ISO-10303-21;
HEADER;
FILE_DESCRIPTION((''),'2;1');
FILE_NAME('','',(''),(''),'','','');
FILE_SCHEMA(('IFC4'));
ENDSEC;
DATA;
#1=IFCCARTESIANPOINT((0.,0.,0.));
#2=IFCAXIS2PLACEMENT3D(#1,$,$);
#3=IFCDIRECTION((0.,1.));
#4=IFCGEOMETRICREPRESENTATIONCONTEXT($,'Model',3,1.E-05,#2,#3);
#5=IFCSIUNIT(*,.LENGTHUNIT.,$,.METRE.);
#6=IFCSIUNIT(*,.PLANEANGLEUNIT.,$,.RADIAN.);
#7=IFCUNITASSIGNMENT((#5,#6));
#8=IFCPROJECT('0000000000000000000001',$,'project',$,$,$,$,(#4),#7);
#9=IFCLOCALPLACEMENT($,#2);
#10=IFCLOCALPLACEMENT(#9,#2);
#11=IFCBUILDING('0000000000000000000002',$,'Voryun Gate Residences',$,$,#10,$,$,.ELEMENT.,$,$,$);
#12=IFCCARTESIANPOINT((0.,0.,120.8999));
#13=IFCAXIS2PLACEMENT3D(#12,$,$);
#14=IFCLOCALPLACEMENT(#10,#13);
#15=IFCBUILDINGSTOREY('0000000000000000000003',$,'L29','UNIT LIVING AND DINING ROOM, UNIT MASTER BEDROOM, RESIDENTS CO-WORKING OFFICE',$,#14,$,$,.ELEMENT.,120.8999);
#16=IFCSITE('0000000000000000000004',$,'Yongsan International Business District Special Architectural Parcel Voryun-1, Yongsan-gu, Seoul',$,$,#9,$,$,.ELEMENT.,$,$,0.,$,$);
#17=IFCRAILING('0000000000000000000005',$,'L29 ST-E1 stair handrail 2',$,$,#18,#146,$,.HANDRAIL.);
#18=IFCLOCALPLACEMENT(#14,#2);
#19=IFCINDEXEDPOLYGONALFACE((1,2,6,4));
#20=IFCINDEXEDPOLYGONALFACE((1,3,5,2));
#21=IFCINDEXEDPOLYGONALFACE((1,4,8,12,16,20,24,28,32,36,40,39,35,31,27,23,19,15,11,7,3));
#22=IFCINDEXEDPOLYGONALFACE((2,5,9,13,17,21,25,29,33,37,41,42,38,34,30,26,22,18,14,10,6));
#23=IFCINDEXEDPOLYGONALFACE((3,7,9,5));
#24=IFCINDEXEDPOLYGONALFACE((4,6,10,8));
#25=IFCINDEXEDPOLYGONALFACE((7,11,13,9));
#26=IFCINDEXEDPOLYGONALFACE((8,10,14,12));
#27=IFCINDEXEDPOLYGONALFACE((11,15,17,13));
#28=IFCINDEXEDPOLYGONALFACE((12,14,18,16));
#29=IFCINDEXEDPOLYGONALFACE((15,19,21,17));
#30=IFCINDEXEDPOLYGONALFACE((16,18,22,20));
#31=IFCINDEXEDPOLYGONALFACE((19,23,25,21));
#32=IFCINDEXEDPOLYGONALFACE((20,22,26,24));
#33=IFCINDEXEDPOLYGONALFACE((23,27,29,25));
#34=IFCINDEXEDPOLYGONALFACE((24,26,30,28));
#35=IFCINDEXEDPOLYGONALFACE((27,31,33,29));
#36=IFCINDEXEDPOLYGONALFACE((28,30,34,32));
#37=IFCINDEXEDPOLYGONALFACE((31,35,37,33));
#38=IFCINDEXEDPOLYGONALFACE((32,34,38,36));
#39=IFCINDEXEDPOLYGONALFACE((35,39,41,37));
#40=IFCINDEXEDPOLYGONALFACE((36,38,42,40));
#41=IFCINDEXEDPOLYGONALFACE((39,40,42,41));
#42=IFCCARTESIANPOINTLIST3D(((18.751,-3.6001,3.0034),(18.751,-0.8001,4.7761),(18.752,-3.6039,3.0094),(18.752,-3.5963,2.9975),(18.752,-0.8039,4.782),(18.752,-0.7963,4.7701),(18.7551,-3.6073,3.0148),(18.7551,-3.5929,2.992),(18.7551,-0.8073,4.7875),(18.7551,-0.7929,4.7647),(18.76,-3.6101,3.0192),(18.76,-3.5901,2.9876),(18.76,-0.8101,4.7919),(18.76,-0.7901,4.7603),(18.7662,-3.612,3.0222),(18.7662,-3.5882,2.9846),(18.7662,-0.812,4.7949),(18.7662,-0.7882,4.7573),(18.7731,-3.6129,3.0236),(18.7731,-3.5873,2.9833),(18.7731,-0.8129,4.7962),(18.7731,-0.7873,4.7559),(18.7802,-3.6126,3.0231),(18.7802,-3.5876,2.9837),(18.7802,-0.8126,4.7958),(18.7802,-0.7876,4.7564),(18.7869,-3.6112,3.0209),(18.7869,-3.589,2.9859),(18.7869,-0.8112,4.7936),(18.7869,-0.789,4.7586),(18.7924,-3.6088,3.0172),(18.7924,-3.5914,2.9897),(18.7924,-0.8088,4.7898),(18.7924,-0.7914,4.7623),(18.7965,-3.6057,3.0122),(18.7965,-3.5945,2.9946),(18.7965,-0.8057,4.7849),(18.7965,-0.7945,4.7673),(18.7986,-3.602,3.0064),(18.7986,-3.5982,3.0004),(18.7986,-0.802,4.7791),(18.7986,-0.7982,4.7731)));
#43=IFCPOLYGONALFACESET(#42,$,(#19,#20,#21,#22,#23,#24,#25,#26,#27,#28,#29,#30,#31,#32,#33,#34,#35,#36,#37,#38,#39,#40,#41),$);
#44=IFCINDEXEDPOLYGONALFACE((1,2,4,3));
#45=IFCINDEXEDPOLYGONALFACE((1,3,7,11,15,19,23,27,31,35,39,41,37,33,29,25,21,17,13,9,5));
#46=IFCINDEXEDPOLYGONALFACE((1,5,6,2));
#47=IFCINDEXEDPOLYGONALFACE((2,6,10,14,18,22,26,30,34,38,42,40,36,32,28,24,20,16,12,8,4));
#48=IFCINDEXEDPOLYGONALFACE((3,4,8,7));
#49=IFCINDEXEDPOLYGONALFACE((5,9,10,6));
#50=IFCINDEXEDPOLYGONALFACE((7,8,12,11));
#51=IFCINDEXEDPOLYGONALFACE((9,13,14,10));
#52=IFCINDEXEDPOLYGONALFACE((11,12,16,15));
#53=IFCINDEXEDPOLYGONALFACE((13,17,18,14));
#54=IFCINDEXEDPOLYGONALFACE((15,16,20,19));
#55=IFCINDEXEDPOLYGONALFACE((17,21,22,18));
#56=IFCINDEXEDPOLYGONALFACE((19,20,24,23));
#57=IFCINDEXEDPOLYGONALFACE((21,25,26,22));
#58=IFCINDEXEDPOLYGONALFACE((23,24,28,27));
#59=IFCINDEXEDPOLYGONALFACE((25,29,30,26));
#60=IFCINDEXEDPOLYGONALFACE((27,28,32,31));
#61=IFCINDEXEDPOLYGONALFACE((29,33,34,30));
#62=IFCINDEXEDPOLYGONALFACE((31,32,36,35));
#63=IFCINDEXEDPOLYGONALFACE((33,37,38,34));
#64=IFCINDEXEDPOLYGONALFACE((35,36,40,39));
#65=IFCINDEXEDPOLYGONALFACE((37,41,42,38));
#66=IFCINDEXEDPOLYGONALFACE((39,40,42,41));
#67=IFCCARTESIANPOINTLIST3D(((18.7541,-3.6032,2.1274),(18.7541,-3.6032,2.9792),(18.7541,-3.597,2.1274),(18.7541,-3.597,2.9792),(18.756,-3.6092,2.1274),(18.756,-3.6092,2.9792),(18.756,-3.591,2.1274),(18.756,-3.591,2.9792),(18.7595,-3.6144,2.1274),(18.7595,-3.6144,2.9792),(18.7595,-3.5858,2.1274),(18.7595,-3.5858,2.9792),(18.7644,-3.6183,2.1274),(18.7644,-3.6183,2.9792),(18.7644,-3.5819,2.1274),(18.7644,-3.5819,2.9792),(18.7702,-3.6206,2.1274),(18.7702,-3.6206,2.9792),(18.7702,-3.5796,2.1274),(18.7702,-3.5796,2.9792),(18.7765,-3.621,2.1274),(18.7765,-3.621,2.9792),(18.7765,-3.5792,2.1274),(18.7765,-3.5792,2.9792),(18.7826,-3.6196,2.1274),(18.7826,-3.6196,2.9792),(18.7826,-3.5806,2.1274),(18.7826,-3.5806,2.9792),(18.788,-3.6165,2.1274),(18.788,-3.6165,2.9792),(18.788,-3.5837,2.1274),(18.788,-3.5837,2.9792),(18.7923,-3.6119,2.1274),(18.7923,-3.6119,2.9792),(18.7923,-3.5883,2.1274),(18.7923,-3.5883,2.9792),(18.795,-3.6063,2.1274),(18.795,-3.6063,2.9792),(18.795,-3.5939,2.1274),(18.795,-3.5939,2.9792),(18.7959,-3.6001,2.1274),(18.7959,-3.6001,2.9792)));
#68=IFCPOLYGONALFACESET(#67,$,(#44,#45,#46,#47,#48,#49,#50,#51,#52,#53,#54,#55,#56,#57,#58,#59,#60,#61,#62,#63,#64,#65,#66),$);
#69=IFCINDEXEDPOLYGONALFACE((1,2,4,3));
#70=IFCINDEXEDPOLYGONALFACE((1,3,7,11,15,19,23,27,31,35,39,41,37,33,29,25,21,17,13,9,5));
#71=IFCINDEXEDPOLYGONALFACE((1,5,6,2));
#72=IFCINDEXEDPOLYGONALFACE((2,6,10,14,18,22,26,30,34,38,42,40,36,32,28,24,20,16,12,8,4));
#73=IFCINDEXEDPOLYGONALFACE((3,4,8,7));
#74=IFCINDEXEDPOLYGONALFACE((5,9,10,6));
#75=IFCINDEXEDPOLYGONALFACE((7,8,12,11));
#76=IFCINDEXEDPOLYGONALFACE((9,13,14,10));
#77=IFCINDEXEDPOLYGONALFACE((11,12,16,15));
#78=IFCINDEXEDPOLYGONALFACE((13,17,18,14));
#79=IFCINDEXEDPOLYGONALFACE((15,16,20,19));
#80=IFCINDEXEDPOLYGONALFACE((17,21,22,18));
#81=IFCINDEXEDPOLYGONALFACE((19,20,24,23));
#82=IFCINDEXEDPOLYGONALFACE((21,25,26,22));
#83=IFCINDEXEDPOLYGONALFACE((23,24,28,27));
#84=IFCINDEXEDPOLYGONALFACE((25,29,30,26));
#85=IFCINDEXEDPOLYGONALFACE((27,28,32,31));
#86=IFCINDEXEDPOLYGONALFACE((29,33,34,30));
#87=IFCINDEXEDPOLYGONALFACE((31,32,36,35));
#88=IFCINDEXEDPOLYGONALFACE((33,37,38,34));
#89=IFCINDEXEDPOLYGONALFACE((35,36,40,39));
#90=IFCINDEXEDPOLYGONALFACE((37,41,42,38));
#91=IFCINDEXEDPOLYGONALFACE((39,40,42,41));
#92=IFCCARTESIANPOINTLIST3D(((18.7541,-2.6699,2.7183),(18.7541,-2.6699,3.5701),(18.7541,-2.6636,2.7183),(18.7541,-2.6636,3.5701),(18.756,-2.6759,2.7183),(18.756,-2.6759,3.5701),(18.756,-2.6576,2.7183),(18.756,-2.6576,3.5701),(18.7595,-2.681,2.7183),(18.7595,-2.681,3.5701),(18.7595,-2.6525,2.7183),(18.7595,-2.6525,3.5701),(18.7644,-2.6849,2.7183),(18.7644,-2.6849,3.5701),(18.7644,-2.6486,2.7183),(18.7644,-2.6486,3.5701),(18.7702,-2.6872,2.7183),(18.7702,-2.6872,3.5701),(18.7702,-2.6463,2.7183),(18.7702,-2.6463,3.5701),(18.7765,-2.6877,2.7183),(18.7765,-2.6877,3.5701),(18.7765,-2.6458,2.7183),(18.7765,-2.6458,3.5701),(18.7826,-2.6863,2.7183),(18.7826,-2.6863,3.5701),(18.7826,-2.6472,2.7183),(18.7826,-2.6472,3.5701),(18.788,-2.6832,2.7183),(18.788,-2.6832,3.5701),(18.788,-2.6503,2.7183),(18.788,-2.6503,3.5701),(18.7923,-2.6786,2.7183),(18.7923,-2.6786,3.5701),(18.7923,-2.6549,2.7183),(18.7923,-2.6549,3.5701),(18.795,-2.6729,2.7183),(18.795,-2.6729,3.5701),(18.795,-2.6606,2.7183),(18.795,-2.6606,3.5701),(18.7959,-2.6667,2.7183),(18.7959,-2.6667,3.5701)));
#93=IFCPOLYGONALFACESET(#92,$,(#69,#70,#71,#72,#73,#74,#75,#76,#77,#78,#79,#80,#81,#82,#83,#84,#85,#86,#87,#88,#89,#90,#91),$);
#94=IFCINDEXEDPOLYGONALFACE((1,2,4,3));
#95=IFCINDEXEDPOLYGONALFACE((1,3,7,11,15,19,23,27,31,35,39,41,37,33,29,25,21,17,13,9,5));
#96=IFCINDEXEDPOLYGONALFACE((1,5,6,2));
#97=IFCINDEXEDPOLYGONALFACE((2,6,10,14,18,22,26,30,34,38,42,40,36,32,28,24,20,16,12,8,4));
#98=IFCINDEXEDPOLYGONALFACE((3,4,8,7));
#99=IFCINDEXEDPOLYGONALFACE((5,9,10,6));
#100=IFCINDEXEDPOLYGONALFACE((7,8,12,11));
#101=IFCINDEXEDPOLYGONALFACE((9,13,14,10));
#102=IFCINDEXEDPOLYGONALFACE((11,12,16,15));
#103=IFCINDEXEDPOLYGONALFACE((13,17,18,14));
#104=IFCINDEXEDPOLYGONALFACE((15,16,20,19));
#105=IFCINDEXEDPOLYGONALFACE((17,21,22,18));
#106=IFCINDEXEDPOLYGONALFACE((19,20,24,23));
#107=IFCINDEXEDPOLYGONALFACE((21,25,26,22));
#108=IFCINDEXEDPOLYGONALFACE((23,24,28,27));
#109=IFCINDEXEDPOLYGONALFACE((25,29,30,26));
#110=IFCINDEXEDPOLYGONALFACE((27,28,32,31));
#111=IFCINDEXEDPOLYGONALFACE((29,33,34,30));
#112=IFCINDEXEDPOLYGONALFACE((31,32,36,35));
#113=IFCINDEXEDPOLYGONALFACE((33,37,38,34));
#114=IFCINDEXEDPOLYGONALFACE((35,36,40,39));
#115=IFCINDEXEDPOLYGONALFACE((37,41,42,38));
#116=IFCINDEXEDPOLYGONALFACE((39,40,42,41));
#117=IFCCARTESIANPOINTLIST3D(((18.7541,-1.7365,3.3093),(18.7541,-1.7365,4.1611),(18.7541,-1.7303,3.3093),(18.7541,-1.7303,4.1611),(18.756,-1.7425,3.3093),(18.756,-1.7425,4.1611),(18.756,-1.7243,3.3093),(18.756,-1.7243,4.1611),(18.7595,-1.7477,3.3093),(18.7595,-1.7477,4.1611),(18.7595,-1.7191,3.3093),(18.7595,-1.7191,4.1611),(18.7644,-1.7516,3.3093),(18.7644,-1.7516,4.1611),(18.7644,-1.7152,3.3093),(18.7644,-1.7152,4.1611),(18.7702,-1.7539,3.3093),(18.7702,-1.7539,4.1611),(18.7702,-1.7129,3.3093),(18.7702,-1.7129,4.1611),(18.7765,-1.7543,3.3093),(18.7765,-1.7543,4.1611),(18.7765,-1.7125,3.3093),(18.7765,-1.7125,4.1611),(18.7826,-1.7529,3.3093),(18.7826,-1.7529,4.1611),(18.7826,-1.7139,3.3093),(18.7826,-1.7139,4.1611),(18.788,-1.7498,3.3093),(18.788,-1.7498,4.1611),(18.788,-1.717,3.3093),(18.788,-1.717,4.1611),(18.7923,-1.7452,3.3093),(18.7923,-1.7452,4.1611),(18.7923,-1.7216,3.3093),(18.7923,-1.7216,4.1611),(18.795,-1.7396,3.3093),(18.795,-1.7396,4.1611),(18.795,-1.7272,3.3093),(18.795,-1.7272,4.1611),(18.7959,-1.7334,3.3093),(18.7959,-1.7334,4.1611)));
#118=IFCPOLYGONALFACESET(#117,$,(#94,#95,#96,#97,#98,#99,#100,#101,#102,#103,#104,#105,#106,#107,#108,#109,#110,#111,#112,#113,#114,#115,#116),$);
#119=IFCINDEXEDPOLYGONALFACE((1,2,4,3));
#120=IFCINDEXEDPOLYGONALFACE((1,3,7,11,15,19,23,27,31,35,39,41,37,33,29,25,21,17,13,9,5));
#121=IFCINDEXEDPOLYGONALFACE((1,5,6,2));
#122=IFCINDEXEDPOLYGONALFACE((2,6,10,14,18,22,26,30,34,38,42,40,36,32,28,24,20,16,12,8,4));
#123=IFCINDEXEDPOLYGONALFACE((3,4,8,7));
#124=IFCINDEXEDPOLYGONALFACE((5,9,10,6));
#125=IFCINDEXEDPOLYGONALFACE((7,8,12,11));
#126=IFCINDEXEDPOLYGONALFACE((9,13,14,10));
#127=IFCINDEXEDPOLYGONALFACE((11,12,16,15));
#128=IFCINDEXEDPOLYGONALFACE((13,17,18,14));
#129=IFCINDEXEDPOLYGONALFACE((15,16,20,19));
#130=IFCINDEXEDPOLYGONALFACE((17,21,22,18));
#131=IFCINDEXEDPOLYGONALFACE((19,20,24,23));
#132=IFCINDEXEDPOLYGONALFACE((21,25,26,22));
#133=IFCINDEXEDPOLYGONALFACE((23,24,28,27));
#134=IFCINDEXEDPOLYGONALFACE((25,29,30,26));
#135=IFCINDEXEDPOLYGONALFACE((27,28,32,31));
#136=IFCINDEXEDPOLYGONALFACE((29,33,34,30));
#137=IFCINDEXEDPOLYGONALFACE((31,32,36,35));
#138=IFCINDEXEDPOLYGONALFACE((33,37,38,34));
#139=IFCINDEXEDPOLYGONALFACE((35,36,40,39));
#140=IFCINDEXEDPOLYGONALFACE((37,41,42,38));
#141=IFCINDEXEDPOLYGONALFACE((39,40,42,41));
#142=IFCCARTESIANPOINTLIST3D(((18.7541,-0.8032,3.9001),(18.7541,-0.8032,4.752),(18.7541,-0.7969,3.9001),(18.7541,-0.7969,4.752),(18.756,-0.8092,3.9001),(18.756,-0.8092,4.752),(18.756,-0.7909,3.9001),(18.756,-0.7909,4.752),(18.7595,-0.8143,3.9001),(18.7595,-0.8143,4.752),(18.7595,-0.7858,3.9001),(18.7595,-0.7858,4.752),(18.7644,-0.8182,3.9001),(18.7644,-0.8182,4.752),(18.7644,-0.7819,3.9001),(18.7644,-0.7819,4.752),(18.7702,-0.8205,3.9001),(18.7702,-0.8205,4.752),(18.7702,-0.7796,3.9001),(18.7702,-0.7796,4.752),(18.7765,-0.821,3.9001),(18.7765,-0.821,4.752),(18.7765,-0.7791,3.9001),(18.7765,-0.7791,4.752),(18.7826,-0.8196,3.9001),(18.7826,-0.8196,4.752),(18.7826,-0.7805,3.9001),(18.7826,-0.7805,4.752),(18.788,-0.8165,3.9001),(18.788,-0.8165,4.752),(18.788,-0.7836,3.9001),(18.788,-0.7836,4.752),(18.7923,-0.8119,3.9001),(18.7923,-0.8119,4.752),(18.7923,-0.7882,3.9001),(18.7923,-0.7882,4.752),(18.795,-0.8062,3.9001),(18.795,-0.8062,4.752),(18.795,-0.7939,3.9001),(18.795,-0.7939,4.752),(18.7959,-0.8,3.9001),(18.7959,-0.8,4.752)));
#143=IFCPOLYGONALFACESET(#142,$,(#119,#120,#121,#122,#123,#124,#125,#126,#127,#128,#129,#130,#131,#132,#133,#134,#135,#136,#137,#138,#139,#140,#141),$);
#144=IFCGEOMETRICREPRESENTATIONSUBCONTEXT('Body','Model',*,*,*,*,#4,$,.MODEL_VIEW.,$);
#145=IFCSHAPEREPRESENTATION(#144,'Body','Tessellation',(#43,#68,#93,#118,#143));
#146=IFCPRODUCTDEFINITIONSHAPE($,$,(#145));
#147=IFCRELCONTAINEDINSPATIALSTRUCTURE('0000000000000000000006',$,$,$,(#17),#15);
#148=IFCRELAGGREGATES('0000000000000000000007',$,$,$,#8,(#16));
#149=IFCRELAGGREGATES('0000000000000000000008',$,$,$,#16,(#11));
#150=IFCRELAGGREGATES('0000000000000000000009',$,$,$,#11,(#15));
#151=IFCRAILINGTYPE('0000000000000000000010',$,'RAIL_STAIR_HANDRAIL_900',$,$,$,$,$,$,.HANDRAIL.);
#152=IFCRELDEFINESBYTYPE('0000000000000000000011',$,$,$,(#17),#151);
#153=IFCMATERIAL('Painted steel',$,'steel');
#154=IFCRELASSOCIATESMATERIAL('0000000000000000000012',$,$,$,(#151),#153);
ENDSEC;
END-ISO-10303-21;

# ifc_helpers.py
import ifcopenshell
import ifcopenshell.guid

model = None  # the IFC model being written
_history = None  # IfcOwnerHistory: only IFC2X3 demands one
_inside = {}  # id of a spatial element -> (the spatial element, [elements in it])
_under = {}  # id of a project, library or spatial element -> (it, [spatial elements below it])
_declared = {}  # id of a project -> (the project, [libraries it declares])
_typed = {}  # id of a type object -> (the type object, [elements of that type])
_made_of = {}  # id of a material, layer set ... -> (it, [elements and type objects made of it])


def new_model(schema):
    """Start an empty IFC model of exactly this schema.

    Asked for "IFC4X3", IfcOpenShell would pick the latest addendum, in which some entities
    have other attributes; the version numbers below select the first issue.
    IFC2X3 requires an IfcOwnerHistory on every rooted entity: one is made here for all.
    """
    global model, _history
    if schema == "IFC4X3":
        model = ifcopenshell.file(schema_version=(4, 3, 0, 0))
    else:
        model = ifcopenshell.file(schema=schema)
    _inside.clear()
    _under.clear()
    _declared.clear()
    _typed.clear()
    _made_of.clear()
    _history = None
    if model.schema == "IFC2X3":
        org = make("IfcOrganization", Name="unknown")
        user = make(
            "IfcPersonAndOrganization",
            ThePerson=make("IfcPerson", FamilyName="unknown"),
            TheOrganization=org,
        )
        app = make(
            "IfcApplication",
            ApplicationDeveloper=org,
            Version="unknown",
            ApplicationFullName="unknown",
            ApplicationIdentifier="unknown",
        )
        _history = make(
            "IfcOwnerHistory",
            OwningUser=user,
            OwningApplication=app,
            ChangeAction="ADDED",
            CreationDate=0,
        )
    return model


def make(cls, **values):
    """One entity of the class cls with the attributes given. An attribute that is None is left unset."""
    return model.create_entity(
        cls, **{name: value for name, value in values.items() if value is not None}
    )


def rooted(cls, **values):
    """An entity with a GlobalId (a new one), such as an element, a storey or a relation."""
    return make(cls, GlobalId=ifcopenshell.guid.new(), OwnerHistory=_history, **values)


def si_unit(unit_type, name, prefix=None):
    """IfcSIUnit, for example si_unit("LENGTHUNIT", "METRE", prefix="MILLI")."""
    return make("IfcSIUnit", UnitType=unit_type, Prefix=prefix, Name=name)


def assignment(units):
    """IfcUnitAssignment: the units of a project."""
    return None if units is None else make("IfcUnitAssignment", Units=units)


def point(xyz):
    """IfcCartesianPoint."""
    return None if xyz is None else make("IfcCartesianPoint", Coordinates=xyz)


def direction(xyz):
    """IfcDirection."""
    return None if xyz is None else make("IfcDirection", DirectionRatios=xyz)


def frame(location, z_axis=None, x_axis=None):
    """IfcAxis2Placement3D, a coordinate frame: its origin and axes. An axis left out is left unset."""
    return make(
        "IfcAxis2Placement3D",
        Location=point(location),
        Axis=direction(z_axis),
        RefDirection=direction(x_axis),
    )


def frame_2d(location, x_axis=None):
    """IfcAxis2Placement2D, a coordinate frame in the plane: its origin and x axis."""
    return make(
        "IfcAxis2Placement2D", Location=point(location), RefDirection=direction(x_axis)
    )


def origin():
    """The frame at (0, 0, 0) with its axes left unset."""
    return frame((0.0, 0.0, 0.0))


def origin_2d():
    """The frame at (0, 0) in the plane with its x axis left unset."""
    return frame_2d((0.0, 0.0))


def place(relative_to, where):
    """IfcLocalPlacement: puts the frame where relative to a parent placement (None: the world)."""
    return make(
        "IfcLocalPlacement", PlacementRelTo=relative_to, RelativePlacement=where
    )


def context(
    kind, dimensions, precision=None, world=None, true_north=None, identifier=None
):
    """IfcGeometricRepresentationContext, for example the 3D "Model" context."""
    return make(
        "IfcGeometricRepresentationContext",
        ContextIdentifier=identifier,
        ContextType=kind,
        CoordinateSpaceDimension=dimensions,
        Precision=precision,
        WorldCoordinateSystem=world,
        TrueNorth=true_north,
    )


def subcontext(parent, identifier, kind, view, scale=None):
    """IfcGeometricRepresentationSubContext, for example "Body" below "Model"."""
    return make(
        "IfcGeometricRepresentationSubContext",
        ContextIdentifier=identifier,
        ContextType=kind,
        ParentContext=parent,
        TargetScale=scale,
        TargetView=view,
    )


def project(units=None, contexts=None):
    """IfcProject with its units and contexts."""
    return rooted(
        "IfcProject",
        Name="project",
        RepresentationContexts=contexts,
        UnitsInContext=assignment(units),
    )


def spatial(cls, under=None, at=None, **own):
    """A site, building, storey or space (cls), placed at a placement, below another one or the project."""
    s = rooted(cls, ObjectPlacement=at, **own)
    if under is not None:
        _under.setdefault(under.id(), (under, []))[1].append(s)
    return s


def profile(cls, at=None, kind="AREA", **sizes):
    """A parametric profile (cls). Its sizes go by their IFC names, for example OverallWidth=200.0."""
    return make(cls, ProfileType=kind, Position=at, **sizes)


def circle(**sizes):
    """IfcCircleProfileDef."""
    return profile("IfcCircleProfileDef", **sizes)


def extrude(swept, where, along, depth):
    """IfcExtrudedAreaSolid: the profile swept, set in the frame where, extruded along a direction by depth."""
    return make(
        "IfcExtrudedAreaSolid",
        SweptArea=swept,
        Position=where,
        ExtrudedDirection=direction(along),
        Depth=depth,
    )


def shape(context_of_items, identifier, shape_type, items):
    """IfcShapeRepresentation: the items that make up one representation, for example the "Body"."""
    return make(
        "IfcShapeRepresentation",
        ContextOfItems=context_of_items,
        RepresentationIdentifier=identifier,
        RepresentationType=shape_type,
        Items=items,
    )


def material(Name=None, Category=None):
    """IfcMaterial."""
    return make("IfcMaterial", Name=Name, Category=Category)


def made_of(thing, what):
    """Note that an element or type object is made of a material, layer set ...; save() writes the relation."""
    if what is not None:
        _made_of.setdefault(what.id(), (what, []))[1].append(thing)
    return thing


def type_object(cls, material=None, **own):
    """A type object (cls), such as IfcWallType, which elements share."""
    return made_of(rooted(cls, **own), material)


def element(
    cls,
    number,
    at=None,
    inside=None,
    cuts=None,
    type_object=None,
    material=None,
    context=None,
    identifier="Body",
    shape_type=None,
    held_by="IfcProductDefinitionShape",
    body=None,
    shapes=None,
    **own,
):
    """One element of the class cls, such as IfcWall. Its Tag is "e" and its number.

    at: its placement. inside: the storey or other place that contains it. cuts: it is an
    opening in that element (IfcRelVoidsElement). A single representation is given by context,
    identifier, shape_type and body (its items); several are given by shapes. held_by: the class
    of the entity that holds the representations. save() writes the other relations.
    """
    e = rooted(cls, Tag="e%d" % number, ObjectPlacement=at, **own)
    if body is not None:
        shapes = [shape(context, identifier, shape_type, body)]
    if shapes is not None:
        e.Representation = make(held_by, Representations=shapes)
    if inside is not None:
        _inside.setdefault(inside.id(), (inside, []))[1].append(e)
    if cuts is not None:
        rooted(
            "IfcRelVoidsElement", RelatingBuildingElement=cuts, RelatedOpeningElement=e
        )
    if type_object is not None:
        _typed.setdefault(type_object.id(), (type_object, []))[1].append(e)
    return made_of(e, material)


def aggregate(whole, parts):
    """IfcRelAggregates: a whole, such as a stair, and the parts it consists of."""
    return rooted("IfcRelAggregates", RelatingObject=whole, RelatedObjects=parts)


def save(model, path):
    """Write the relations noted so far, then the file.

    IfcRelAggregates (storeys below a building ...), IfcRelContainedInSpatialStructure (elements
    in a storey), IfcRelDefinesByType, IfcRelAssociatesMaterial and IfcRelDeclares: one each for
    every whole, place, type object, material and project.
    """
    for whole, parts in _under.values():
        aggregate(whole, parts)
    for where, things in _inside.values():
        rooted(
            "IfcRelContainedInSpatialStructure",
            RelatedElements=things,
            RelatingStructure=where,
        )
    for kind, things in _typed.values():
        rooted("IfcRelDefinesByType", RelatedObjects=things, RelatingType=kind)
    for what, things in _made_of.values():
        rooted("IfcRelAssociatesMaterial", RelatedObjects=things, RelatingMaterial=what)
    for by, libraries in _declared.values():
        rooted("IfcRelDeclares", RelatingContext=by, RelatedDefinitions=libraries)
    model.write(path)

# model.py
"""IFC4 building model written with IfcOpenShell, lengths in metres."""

from ifc_helpers import new_model, si_unit, direction, frame, origin, origin_2d, place, context, subcontext, project, spatial, circle, extrude, material, type_object, element, save


model = new_model("IFC4")

# Units and contexts
model_context = context("Model", 3, precision=1e-05, world=origin(), true_north=direction((0.0, 1.0)))
body_context = subcontext(model_context, "Body", "Model", "MODEL_VIEW")
ifc_project = project(units=[si_unit("LENGTHUNIT", "METRE"), si_unit("PLANEANGLEUNIT", "RADIAN")], contexts=[model_context])

# Site, building, storey
site_placement = place(None, origin())
site = spatial("IfcSite", under=ifc_project, at=site_placement, Name="Yongsan International Business District Special Architectural Parcel Voryun-1, Yongsan-gu, Seoul", CompositionType="ELEMENT", RefElevation=0.0)
building_placement = place(site_placement, origin())
building = spatial("IfcBuilding", under=site, at=building_placement, Name="Voryun Gate Residences", CompositionType="ELEMENT")
storey_placement = place(building_placement, frame((0.0, 0.0, 120.8999)))
storey = spatial("IfcBuildingStorey", under=building, at=storey_placement, Name="L29", Description="UNIT LIVING AND DINING ROOM, UNIT MASTER BEDROOM, RESIDENTS CO-WORKING OFFICE", CompositionType="ELEMENT", Elevation=120.8999)

# Railing
ifc_material_1 = material(Name="Painted steel", Category="steel")
railing_type_1 = type_object("IfcRailingType", Name="RAIL_STAIR_HANDRAIL_900", PredefinedType="HANDRAIL", material=ifc_material_1)
railing_1_placement = place(storey_placement, frame((18.7749, -3.6001, 2.1274)))
element("IfcRailing", 1, at=railing_1_placement, inside=storey, type_object=railing_type_1, Name="L29 ST-E1 stair handrail 2", PredefinedType="HANDRAIL", context=body_context, shape_type="SweptSolid", body=[
    extrude(circle(Radius=0.0239, at=origin_2d()), frame((0.0, 0.0, 0.876), z_axis=(0.0, 0.844909, 0.53491), x_axis=(-1.0, 0.0, 0.0)), (0.0, 0.0, 1.0), 3.314),
    extrude(circle(Radius=0.021, at=origin_2d()), origin(), (0.0, 0.0, 1.0), 0.8518),
    extrude(circle(Radius=0.021, at=origin_2d()), frame((0.0, 0.9333, 0.5908)), (0.0, 0.0, 1.0), 0.8518),
    extrude(circle(Radius=0.021, at=origin_2d()), frame((0.0, 1.8667, 1.1819)), (0.0, 0.0, 1.0), 0.8518),
    extrude(circle(Radius=0.021, at=origin_2d()), frame((0.0, 2.8, 1.7727)), (0.0, 0.0, 1.0), 0.8518),
])

save(model, "model.ifc")
